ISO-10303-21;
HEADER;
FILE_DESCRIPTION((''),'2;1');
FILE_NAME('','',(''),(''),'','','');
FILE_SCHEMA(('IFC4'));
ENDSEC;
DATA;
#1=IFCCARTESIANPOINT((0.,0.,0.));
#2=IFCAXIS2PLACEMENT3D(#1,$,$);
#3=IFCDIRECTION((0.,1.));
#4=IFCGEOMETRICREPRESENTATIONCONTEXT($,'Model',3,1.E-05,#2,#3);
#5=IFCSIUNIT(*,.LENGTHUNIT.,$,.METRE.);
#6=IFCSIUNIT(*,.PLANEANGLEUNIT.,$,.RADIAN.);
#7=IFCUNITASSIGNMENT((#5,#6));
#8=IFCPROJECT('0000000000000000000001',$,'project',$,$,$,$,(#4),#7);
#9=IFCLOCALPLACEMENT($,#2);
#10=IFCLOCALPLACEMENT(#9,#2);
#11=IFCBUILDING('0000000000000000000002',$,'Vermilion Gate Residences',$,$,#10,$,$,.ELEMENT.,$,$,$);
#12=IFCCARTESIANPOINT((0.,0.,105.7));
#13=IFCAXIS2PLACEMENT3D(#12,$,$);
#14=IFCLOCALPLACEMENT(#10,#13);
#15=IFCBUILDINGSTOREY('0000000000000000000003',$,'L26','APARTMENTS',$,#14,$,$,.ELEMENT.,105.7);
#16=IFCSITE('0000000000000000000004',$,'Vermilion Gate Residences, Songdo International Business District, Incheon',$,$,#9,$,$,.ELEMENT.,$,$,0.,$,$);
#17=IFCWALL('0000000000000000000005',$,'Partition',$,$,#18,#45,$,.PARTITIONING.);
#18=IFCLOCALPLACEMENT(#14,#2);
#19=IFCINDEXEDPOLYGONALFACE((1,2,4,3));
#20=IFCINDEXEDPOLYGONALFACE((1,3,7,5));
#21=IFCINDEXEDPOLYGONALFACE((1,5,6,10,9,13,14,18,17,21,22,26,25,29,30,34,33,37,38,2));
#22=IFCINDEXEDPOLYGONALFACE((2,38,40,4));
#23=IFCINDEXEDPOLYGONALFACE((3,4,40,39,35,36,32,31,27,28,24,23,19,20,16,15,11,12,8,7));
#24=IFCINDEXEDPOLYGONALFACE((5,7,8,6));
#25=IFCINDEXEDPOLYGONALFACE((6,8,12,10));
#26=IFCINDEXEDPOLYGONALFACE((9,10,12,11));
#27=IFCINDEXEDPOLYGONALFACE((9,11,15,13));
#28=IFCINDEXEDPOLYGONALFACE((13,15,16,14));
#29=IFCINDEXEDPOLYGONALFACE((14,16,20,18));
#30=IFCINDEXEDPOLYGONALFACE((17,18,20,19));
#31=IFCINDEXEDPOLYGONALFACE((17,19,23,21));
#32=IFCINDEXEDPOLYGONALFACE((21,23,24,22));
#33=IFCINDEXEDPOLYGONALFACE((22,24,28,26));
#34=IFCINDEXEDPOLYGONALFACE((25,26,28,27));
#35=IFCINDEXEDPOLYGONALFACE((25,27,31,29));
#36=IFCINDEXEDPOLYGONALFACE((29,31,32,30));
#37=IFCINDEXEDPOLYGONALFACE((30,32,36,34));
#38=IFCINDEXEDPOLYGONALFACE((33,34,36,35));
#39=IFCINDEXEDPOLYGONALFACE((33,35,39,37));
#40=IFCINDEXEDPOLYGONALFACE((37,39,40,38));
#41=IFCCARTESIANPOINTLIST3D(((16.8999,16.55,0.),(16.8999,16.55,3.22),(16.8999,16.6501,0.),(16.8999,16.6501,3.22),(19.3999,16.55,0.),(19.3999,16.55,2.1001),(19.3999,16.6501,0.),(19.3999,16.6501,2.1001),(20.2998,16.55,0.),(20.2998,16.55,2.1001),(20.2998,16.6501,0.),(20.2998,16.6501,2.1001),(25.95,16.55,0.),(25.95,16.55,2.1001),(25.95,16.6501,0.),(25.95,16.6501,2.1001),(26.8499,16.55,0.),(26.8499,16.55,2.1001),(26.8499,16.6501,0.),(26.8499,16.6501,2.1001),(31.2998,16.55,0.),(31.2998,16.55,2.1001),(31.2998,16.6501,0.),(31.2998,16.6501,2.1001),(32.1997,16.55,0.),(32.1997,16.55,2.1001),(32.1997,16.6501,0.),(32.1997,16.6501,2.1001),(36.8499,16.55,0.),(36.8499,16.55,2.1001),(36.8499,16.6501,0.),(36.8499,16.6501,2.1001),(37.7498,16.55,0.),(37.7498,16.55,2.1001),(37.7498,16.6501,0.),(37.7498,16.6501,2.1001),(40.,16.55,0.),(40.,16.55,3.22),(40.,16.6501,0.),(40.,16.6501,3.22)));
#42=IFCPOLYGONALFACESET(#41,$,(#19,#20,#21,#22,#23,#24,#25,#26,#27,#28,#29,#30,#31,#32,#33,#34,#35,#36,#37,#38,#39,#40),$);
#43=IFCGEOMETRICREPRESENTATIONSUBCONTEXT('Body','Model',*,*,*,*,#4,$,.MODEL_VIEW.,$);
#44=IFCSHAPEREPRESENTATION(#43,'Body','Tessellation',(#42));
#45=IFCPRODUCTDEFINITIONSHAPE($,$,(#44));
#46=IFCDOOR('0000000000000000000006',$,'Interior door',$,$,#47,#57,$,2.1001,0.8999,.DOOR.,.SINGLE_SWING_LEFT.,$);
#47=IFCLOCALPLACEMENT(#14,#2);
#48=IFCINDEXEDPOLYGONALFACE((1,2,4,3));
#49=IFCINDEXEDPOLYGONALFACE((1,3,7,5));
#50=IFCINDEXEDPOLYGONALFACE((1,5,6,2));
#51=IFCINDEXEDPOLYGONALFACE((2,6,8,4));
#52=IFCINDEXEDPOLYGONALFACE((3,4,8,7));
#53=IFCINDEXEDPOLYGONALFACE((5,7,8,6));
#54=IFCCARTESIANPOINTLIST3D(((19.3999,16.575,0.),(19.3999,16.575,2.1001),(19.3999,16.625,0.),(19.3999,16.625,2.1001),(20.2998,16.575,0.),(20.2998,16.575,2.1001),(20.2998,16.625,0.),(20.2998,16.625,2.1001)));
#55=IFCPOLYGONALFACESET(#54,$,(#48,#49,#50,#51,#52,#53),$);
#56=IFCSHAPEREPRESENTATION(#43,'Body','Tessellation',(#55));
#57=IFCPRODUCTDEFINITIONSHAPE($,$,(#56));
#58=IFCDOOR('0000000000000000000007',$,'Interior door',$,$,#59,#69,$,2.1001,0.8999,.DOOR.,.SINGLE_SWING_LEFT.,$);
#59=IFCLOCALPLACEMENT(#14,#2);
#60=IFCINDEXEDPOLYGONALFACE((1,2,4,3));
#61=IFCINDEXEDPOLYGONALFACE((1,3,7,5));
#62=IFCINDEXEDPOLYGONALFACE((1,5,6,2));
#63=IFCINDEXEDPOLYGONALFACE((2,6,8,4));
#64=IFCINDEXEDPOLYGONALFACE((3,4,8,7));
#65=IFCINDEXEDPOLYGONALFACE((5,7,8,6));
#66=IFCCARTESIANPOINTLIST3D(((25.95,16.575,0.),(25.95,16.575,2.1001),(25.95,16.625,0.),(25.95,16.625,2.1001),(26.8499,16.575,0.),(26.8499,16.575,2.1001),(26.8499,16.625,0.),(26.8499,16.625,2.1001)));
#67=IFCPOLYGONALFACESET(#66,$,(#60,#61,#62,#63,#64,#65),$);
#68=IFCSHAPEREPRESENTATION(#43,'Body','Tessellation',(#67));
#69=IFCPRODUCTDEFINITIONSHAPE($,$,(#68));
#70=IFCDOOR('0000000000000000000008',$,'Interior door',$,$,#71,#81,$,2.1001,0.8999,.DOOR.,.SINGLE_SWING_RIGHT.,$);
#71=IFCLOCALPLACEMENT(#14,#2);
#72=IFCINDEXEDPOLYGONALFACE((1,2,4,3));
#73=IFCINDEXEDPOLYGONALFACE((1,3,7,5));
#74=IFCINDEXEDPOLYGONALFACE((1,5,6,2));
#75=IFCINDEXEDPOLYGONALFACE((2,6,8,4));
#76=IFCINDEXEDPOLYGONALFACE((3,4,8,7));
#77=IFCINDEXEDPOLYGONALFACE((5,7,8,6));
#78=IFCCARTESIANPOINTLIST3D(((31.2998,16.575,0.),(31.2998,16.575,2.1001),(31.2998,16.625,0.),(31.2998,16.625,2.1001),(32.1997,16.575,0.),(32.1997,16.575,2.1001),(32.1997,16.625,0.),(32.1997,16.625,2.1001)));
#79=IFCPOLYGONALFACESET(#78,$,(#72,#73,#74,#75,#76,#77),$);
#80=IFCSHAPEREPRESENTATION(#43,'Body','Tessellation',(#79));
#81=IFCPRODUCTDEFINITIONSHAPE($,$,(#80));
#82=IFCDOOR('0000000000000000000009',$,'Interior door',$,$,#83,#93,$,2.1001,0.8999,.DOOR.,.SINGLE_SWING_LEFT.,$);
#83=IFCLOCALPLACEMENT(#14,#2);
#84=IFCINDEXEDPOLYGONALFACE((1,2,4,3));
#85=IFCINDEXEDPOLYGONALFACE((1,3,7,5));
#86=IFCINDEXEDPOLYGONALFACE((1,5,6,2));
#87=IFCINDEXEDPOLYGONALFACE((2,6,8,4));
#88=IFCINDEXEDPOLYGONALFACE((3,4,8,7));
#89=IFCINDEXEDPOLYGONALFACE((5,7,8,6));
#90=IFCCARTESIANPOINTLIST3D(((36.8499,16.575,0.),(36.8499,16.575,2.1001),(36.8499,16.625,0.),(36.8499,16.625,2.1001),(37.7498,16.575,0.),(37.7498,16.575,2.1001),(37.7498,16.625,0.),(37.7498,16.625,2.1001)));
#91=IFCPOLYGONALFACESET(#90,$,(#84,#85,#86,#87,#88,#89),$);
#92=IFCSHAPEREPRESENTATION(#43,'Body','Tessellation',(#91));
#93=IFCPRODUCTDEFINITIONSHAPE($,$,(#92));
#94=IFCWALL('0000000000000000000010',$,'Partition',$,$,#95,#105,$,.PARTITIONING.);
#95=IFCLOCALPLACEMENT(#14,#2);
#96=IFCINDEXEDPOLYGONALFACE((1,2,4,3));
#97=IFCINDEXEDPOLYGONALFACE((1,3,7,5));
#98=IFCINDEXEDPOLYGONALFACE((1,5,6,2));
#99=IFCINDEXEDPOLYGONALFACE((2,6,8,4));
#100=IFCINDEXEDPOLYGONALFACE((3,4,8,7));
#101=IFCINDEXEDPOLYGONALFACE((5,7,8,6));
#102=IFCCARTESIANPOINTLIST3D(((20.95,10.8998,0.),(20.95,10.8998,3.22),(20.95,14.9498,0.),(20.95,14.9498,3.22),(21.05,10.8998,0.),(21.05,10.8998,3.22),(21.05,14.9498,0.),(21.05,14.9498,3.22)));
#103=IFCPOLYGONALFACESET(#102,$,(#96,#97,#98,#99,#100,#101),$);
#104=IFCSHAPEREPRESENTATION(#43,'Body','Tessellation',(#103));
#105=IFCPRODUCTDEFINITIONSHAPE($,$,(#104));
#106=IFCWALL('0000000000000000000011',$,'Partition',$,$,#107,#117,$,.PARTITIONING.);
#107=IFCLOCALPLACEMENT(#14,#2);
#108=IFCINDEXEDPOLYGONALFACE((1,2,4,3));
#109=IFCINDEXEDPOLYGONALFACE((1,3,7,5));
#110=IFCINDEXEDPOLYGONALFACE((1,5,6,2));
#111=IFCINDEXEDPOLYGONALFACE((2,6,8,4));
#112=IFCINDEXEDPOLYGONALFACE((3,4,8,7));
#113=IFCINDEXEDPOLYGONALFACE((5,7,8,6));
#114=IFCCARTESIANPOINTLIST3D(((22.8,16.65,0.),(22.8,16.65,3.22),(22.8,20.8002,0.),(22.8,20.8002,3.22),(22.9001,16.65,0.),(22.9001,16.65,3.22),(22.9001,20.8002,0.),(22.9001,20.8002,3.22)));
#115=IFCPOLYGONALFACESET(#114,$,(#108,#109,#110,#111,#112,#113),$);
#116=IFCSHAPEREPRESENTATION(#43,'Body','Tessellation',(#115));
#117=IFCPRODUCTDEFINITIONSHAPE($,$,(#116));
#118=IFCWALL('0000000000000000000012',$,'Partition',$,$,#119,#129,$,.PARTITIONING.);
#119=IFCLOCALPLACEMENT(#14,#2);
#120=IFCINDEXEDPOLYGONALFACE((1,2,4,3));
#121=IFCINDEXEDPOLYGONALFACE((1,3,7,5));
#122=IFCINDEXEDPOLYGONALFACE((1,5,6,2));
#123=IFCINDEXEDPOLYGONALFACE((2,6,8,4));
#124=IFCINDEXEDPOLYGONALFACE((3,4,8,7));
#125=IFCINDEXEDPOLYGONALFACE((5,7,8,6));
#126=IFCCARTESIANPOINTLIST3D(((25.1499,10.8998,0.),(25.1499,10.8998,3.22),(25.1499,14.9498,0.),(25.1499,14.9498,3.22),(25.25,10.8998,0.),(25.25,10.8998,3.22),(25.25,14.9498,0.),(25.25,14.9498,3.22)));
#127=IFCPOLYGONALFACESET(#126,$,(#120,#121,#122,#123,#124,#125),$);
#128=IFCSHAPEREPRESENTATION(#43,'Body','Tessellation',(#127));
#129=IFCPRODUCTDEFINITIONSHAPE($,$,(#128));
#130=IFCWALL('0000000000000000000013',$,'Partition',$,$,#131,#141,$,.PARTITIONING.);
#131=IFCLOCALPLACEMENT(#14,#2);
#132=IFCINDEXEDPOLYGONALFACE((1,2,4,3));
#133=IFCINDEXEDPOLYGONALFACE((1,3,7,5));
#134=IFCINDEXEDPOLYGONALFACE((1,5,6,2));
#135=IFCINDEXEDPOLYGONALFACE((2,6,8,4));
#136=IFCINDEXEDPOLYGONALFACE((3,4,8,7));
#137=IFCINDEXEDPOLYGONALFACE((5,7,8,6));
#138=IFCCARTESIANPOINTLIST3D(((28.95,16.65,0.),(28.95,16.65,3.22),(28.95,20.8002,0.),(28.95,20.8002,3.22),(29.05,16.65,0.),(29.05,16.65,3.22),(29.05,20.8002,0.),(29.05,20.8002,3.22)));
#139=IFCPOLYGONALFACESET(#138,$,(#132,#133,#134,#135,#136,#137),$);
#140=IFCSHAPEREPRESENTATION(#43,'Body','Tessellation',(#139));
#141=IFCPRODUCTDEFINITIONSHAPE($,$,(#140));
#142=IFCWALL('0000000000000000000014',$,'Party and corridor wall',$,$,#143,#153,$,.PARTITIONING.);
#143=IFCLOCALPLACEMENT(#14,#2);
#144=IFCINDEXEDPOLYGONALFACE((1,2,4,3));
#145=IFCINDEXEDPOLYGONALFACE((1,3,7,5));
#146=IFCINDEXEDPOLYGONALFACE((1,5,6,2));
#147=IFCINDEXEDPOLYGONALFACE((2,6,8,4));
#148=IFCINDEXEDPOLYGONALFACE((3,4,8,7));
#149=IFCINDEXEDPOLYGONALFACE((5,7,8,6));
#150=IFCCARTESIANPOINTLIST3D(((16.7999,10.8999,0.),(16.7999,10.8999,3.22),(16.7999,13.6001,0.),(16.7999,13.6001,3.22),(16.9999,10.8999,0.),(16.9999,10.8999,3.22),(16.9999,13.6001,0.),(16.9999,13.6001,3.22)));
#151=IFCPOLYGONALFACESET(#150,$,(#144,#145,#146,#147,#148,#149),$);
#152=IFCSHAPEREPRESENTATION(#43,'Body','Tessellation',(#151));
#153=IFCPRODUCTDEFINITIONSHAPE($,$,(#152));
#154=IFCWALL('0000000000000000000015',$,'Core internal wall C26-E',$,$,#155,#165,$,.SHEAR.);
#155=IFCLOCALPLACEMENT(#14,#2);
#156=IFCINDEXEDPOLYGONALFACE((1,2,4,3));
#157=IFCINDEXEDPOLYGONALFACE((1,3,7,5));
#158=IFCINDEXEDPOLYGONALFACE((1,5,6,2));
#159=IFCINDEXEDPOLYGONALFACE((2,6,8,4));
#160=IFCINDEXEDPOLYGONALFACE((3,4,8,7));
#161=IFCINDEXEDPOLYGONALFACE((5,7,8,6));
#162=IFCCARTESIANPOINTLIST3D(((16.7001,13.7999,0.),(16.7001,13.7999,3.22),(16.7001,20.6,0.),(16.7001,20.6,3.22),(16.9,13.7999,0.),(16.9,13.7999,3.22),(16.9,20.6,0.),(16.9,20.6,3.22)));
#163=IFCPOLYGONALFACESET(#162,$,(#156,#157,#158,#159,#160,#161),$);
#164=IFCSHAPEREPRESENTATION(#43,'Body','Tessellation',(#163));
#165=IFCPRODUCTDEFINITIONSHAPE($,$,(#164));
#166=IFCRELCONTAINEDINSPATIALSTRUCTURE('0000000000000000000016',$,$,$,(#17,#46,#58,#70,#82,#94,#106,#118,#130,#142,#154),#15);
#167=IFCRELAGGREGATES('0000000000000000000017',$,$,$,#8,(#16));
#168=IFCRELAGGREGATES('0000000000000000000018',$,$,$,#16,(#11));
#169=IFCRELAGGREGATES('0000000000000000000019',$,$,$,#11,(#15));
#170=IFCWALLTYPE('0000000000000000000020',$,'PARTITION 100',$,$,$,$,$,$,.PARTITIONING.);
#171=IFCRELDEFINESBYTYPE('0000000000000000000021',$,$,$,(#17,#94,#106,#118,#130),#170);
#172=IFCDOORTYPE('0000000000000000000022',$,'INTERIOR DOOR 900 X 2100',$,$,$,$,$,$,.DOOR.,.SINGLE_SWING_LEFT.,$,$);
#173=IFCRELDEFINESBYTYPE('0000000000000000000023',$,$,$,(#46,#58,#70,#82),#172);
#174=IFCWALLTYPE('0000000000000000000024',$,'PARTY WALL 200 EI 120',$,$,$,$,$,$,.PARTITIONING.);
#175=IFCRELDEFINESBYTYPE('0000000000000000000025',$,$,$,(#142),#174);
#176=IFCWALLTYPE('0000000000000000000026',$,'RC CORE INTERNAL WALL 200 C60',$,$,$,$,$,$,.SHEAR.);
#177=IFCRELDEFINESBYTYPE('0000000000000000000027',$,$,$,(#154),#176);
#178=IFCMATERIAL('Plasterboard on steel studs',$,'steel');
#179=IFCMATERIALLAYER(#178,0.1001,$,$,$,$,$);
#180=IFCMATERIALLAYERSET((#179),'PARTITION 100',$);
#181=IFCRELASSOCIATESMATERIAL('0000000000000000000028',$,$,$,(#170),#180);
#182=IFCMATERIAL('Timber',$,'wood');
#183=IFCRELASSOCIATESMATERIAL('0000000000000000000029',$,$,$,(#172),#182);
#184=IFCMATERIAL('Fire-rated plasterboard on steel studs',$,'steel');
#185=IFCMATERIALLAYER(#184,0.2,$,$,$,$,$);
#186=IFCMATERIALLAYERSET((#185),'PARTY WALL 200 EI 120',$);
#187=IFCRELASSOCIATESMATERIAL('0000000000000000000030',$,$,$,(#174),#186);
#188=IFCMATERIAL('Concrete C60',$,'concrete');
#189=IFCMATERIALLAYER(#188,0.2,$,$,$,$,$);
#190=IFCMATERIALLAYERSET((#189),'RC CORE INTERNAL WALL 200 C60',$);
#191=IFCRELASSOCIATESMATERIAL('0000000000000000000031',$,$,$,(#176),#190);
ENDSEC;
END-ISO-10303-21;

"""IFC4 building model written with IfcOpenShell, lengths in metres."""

from ifc_helpers import new_model, si_unit, direction, frame, frame_2d, origin, place, context, subcontext, project, spatial, rectangle, extrude, material, layer, layer_set, type_object, element, fill, save


model = new_model("IFC4")

# Units and contexts
model_context = context("Model", 3, precision=1e-05, world=origin(), true_north=direction((0.0, 1.0)))
body_context = subcontext(model_context, "Body", "Model", "MODEL_VIEW")
ifc_project = project(units=[si_unit("LENGTHUNIT", "METRE"), si_unit("PLANEANGLEUNIT", "RADIAN")], contexts=[model_context])

# Site, building, storey
site_placement = place(None, origin())
site = spatial("IfcSite", under=ifc_project, at=site_placement, Name="Vermilion Gate Residences, Songdo International Business District, Incheon", CompositionType="ELEMENT", RefElevation=0.0)
building_placement = place(site_placement, origin())
building = spatial("IfcBuilding", under=site, at=building_placement, Name="Vermilion Gate Residences", CompositionType="ELEMENT")
storey_placement = place(building_placement, frame((0.0, 0.0, 105.7)))
storey = spatial("IfcBuildingStorey", under=building, at=storey_placement, Name="L26", Description="APARTMENTS", CompositionType="ELEMENT", Elevation=105.7)

# Wall, openings, doors
ifc_material_1 = material(Name="Plasterboard on steel studs", Category="steel")
ifc_layer_1 = layer(ifc_material_1, 0.1001)
ifc_layer_set_1 = layer_set([ifc_layer_1], Name="PARTITION 100")
wall_type_1 = type_object("IfcWallType", Name="PARTITION 100", PredefinedType="PARTITIONING", material=ifc_layer_set_1)
ifc_material_2 = material(Name="Timber", Category="wood")
door_type = type_object("IfcDoorType", Name="INTERIOR DOOR 900 X 2100", OperationType="SINGLE_SWING_LEFT", PredefinedType="DOOR", material=ifc_material_2)
wall_1_placement = place(storey_placement, frame((16.8999, 16.6001, 0.0), z_axis=(0.0, 0.0, 1.0), x_axis=(1.0, 0.0, 0.0)))
wall_1 = element("IfcWall", 1, at=wall_1_placement, inside=storey, type_object=wall_type_1, Name="Partition", PredefinedType="PARTITIONING", context=body_context, shape_type="SweptSolid", body=[
    extrude(rectangle(XDim=23.1001, YDim=0.1001, at=frame_2d((11.55, 0.0))), origin(), (0.0, 0.0, 1.0), 3.22),
])
opening_1_placement = place(wall_1_placement, frame((2.5, 0.0, 0.0)))
opening_1 = element("IfcOpeningElement", 2, at=opening_1_placement, cuts=wall_1, PredefinedType="OPENING", context=body_context, shape_type="SweptSolid", body=[
    extrude(rectangle(XDim=0.8999, YDim=2.1001, at=frame_2d((0.45, 1.05))), frame((0.0, 0.0601, 0.0), z_axis=(0.0, -1.0, 0.0), x_axis=(1.0, 0.0, 0.0)), (0.0, 0.0, 1.0), 0.1201),
])
opening_2_placement = place(wall_1_placement, frame((9.05, 0.0, 0.0)))
opening_2 = element("IfcOpeningElement", 3, at=opening_2_placement, cuts=wall_1, PredefinedType="OPENING", context=body_context, shape_type="SweptSolid", body=[
    extrude(rectangle(XDim=0.8999, YDim=2.1001, at=frame_2d((0.45, 1.05))), frame((0.0, 0.0601, 0.0), z_axis=(0.0, -1.0, 0.0), x_axis=(1.0, 0.0, 0.0)), (0.0, 0.0, 1.0), 0.1201),
])
opening_3_placement = place(wall_1_placement, frame((14.3999, 0.0, 0.0)))
opening_3 = element("IfcOpeningElement", 4, at=opening_3_placement, cuts=wall_1, PredefinedType="OPENING", context=body_context, shape_type="SweptSolid", body=[
    extrude(rectangle(XDim=0.8999, YDim=2.1001, at=frame_2d((0.45, 1.05))), frame((0.0, 0.0601, 0.0), z_axis=(0.0, -1.0, 0.0), x_axis=(1.0, 0.0, 0.0)), (0.0, 0.0, 1.0), 0.1201),
])
opening_4_placement = place(wall_1_placement, frame((19.95, 0.0, 0.0)))
opening_4 = element("IfcOpeningElement", 5, at=opening_4_placement, cuts=wall_1, PredefinedType="OPENING", context=body_context, shape_type="SweptSolid", body=[
    extrude(rectangle(XDim=0.8999, YDim=2.1001, at=frame_2d((0.45, 1.05))), frame((0.0, 0.0601, 0.0), z_axis=(0.0, -1.0, 0.0), x_axis=(1.0, 0.0, 0.0)), (0.0, 0.0, 1.0), 0.1201),
])
door_1_placement = place(opening_1_placement, origin())
door_1 = element("IfcDoor", 6, at=door_1_placement, inside=storey, type_object=door_type, Name="Interior door", OperationType="SINGLE_SWING_LEFT", OverallHeight=2.1001, OverallWidth=0.8999, PredefinedType="DOOR", context=body_context, shape_type="SweptSolid", body=[
    extrude(rectangle(XDim=0.8999, YDim=2.1001, at=frame_2d((0.45, 1.05))), frame((0.0, 0.0249, 0.0), z_axis=(0.0, -1.0, 0.0), x_axis=(1.0, 0.0, 0.0)), (0.0, 0.0, 1.0), 0.05),
])
fill(opening_1, door_1)
door_2_placement = place(opening_2_placement, origin())
door_2 = element("IfcDoor", 7, at=door_2_placement, inside=storey, type_object=door_type, Name="Interior door", OperationType="SINGLE_SWING_LEFT", OverallHeight=2.1001, OverallWidth=0.8999, PredefinedType="DOOR", context=body_context, shape_type="SweptSolid", body=[
    extrude(rectangle(XDim=0.8999, YDim=2.1001, at=frame_2d((0.45, 1.05))), frame((0.0, 0.0249, 0.0), z_axis=(0.0, -1.0, 0.0), x_axis=(1.0, 0.0, 0.0)), (0.0, 0.0, 1.0), 0.05),
])
fill(opening_2, door_2)
door_3_placement = place(opening_3_placement, origin())
door_3 = element("IfcDoor", 8, at=door_3_placement, inside=storey, type_object=door_type, Name="Interior door", OperationType="SINGLE_SWING_RIGHT", OverallHeight=2.1001, OverallWidth=0.8999, PredefinedType="DOOR", context=body_context, shape_type="SweptSolid", body=[
    extrude(rectangle(XDim=0.8999, YDim=2.1001, at=frame_2d((0.45, 1.05))), frame((0.0, 0.0249, 0.0), z_axis=(0.0, -1.0, 0.0), x_axis=(1.0, 0.0, 0.0)), (0.0, 0.0, 1.0), 0.05),
])
fill(opening_3, door_3)
door_4_placement = place(opening_4_placement, origin())
door_4 = element("IfcDoor", 9, at=door_4_placement, inside=storey, type_object=door_type, Name="Interior door", OperationType="SINGLE_SWING_LEFT", OverallHeight=2.1001, OverallWidth=0.8999, PredefinedType="DOOR", context=body_context, shape_type="SweptSolid", body=[
    extrude(rectangle(XDim=0.8999, YDim=2.1001, at=frame_2d((0.45, 1.05))), frame((0.0, 0.0249, 0.0), z_axis=(0.0, -1.0, 0.0), x_axis=(1.0, 0.0, 0.0)), (0.0, 0.0, 1.0), 0.05),
])
fill(opening_4, door_4)

# Walls
wall_2_placement = place(storey_placement, frame((21.0, 10.8999, 0.0), z_axis=(0.0, 0.0, 1.0), x_axis=(0.0, 1.0, 0.0)))
element("IfcWall", 10, at=wall_2_placement, inside=storey, type_object=wall_type_1, Name="Partition", PredefinedType="PARTITIONING", context=body_context, shape_type="SweptSolid", body=[
    extrude(rectangle(XDim=4.05, YDim=0.1001, at=frame_2d((2.0249, 0.0))), origin(), (0.0, 0.0, 1.0), 3.22),
])
wall_3_placement = place(storey_placement, frame((22.8501, 16.6499, 0.0), z_axis=(0.0, 0.0, 1.0), x_axis=(0.0, 1.0, 0.0)))
element("IfcWall", 11, at=wall_3_placement, inside=storey, type_object=wall_type_1, Name="Partition", PredefinedType="PARTITIONING", context=body_context, shape_type="SweptSolid", body=[
    extrude(rectangle(XDim=4.1501, YDim=0.1001, at=frame_2d((2.0752, 0.0))), origin(), (0.0, 0.0, 1.0), 3.22),
])
wall_4_placement = place(storey_placement, frame((25.2, 10.8999, 0.0), z_axis=(0.0, 0.0, 1.0), x_axis=(0.0, 1.0, 0.0)))
element("IfcWall", 12, at=wall_4_placement, inside=storey, type_object=wall_type_1, Name="Partition", PredefinedType="PARTITIONING", context=body_context, shape_type="SweptSolid", body=[
    extrude(rectangle(XDim=4.05, YDim=0.1001, at=frame_2d((2.0249, 0.0))), origin(), (0.0, 0.0, 1.0), 3.22),
])
wall_5_placement = place(storey_placement, frame((29.0, 16.6499, 0.0), z_axis=(0.0, 0.0, 1.0), x_axis=(0.0, 1.0, 0.0)))
element("IfcWall", 13, at=wall_5_placement, inside=storey, type_object=wall_type_1, Name="Partition", PredefinedType="PARTITIONING", context=body_context, shape_type="SweptSolid", body=[
    extrude(rectangle(XDim=4.1501, YDim=0.1001, at=frame_2d((2.0752, 0.0))), origin(), (0.0, 0.0, 1.0), 3.22),
])
ifc_material_3 = material(Name="Fire-rated plasterboard on steel studs", Category="steel")
ifc_layer_2 = layer(ifc_material_3, 0.2)
ifc_layer_set_2 = layer_set([ifc_layer_2], Name="PARTY WALL 200 EI 120")
wall_type_2 = type_object("IfcWallType", Name="PARTY WALL 200 EI 120", PredefinedType="PARTITIONING", material=ifc_layer_set_2)
wall_6_placement = place(storey_placement, frame((16.8999, 10.8999, 0.0), z_axis=(0.0, 0.0, 1.0), x_axis=(0.0, 1.0, 0.0)))
element("IfcWall", 14, at=wall_6_placement, inside=storey, type_object=wall_type_2, Name="Party and corridor wall", PredefinedType="PARTITIONING", context=body_context, shape_type="SweptSolid", body=[
    extrude(rectangle(XDim=2.7002, YDim=0.2, at=frame_2d((1.3501, 0.0))), origin(), (0.0, 0.0, 1.0), 3.22),
])
ifc_material_4 = material(Name="Concrete C60", Category="concrete")
ifc_layer_3 = layer(ifc_material_4, 0.2)
ifc_layer_set_3 = layer_set([ifc_layer_3], Name="RC CORE INTERNAL WALL 200 C60")
wall_type_3 = type_object("IfcWallType", Name="RC CORE INTERNAL WALL 200 C60", PredefinedType="SHEAR", material=ifc_layer_set_3)
wall_7_placement = place(storey_placement, frame((16.8, 13.8, 0.0), z_axis=(0.0, 0.0, 1.0), x_axis=(0.0, 1.0, 0.0)))
element("IfcWall", 15, at=wall_7_placement, inside=storey, type_object=wall_type_3, Name="Core internal wall C26-E", PredefinedType="SHEAR", context=body_context, shape_type="SweptSolid", body=[
    extrude(rectangle(XDim=6.8, YDim=0.2, at=frame_2d((3.3999, 0.0))), origin(), (0.0, 0.0, 1.0), 3.22),
])

save(model, "model.ifc")
